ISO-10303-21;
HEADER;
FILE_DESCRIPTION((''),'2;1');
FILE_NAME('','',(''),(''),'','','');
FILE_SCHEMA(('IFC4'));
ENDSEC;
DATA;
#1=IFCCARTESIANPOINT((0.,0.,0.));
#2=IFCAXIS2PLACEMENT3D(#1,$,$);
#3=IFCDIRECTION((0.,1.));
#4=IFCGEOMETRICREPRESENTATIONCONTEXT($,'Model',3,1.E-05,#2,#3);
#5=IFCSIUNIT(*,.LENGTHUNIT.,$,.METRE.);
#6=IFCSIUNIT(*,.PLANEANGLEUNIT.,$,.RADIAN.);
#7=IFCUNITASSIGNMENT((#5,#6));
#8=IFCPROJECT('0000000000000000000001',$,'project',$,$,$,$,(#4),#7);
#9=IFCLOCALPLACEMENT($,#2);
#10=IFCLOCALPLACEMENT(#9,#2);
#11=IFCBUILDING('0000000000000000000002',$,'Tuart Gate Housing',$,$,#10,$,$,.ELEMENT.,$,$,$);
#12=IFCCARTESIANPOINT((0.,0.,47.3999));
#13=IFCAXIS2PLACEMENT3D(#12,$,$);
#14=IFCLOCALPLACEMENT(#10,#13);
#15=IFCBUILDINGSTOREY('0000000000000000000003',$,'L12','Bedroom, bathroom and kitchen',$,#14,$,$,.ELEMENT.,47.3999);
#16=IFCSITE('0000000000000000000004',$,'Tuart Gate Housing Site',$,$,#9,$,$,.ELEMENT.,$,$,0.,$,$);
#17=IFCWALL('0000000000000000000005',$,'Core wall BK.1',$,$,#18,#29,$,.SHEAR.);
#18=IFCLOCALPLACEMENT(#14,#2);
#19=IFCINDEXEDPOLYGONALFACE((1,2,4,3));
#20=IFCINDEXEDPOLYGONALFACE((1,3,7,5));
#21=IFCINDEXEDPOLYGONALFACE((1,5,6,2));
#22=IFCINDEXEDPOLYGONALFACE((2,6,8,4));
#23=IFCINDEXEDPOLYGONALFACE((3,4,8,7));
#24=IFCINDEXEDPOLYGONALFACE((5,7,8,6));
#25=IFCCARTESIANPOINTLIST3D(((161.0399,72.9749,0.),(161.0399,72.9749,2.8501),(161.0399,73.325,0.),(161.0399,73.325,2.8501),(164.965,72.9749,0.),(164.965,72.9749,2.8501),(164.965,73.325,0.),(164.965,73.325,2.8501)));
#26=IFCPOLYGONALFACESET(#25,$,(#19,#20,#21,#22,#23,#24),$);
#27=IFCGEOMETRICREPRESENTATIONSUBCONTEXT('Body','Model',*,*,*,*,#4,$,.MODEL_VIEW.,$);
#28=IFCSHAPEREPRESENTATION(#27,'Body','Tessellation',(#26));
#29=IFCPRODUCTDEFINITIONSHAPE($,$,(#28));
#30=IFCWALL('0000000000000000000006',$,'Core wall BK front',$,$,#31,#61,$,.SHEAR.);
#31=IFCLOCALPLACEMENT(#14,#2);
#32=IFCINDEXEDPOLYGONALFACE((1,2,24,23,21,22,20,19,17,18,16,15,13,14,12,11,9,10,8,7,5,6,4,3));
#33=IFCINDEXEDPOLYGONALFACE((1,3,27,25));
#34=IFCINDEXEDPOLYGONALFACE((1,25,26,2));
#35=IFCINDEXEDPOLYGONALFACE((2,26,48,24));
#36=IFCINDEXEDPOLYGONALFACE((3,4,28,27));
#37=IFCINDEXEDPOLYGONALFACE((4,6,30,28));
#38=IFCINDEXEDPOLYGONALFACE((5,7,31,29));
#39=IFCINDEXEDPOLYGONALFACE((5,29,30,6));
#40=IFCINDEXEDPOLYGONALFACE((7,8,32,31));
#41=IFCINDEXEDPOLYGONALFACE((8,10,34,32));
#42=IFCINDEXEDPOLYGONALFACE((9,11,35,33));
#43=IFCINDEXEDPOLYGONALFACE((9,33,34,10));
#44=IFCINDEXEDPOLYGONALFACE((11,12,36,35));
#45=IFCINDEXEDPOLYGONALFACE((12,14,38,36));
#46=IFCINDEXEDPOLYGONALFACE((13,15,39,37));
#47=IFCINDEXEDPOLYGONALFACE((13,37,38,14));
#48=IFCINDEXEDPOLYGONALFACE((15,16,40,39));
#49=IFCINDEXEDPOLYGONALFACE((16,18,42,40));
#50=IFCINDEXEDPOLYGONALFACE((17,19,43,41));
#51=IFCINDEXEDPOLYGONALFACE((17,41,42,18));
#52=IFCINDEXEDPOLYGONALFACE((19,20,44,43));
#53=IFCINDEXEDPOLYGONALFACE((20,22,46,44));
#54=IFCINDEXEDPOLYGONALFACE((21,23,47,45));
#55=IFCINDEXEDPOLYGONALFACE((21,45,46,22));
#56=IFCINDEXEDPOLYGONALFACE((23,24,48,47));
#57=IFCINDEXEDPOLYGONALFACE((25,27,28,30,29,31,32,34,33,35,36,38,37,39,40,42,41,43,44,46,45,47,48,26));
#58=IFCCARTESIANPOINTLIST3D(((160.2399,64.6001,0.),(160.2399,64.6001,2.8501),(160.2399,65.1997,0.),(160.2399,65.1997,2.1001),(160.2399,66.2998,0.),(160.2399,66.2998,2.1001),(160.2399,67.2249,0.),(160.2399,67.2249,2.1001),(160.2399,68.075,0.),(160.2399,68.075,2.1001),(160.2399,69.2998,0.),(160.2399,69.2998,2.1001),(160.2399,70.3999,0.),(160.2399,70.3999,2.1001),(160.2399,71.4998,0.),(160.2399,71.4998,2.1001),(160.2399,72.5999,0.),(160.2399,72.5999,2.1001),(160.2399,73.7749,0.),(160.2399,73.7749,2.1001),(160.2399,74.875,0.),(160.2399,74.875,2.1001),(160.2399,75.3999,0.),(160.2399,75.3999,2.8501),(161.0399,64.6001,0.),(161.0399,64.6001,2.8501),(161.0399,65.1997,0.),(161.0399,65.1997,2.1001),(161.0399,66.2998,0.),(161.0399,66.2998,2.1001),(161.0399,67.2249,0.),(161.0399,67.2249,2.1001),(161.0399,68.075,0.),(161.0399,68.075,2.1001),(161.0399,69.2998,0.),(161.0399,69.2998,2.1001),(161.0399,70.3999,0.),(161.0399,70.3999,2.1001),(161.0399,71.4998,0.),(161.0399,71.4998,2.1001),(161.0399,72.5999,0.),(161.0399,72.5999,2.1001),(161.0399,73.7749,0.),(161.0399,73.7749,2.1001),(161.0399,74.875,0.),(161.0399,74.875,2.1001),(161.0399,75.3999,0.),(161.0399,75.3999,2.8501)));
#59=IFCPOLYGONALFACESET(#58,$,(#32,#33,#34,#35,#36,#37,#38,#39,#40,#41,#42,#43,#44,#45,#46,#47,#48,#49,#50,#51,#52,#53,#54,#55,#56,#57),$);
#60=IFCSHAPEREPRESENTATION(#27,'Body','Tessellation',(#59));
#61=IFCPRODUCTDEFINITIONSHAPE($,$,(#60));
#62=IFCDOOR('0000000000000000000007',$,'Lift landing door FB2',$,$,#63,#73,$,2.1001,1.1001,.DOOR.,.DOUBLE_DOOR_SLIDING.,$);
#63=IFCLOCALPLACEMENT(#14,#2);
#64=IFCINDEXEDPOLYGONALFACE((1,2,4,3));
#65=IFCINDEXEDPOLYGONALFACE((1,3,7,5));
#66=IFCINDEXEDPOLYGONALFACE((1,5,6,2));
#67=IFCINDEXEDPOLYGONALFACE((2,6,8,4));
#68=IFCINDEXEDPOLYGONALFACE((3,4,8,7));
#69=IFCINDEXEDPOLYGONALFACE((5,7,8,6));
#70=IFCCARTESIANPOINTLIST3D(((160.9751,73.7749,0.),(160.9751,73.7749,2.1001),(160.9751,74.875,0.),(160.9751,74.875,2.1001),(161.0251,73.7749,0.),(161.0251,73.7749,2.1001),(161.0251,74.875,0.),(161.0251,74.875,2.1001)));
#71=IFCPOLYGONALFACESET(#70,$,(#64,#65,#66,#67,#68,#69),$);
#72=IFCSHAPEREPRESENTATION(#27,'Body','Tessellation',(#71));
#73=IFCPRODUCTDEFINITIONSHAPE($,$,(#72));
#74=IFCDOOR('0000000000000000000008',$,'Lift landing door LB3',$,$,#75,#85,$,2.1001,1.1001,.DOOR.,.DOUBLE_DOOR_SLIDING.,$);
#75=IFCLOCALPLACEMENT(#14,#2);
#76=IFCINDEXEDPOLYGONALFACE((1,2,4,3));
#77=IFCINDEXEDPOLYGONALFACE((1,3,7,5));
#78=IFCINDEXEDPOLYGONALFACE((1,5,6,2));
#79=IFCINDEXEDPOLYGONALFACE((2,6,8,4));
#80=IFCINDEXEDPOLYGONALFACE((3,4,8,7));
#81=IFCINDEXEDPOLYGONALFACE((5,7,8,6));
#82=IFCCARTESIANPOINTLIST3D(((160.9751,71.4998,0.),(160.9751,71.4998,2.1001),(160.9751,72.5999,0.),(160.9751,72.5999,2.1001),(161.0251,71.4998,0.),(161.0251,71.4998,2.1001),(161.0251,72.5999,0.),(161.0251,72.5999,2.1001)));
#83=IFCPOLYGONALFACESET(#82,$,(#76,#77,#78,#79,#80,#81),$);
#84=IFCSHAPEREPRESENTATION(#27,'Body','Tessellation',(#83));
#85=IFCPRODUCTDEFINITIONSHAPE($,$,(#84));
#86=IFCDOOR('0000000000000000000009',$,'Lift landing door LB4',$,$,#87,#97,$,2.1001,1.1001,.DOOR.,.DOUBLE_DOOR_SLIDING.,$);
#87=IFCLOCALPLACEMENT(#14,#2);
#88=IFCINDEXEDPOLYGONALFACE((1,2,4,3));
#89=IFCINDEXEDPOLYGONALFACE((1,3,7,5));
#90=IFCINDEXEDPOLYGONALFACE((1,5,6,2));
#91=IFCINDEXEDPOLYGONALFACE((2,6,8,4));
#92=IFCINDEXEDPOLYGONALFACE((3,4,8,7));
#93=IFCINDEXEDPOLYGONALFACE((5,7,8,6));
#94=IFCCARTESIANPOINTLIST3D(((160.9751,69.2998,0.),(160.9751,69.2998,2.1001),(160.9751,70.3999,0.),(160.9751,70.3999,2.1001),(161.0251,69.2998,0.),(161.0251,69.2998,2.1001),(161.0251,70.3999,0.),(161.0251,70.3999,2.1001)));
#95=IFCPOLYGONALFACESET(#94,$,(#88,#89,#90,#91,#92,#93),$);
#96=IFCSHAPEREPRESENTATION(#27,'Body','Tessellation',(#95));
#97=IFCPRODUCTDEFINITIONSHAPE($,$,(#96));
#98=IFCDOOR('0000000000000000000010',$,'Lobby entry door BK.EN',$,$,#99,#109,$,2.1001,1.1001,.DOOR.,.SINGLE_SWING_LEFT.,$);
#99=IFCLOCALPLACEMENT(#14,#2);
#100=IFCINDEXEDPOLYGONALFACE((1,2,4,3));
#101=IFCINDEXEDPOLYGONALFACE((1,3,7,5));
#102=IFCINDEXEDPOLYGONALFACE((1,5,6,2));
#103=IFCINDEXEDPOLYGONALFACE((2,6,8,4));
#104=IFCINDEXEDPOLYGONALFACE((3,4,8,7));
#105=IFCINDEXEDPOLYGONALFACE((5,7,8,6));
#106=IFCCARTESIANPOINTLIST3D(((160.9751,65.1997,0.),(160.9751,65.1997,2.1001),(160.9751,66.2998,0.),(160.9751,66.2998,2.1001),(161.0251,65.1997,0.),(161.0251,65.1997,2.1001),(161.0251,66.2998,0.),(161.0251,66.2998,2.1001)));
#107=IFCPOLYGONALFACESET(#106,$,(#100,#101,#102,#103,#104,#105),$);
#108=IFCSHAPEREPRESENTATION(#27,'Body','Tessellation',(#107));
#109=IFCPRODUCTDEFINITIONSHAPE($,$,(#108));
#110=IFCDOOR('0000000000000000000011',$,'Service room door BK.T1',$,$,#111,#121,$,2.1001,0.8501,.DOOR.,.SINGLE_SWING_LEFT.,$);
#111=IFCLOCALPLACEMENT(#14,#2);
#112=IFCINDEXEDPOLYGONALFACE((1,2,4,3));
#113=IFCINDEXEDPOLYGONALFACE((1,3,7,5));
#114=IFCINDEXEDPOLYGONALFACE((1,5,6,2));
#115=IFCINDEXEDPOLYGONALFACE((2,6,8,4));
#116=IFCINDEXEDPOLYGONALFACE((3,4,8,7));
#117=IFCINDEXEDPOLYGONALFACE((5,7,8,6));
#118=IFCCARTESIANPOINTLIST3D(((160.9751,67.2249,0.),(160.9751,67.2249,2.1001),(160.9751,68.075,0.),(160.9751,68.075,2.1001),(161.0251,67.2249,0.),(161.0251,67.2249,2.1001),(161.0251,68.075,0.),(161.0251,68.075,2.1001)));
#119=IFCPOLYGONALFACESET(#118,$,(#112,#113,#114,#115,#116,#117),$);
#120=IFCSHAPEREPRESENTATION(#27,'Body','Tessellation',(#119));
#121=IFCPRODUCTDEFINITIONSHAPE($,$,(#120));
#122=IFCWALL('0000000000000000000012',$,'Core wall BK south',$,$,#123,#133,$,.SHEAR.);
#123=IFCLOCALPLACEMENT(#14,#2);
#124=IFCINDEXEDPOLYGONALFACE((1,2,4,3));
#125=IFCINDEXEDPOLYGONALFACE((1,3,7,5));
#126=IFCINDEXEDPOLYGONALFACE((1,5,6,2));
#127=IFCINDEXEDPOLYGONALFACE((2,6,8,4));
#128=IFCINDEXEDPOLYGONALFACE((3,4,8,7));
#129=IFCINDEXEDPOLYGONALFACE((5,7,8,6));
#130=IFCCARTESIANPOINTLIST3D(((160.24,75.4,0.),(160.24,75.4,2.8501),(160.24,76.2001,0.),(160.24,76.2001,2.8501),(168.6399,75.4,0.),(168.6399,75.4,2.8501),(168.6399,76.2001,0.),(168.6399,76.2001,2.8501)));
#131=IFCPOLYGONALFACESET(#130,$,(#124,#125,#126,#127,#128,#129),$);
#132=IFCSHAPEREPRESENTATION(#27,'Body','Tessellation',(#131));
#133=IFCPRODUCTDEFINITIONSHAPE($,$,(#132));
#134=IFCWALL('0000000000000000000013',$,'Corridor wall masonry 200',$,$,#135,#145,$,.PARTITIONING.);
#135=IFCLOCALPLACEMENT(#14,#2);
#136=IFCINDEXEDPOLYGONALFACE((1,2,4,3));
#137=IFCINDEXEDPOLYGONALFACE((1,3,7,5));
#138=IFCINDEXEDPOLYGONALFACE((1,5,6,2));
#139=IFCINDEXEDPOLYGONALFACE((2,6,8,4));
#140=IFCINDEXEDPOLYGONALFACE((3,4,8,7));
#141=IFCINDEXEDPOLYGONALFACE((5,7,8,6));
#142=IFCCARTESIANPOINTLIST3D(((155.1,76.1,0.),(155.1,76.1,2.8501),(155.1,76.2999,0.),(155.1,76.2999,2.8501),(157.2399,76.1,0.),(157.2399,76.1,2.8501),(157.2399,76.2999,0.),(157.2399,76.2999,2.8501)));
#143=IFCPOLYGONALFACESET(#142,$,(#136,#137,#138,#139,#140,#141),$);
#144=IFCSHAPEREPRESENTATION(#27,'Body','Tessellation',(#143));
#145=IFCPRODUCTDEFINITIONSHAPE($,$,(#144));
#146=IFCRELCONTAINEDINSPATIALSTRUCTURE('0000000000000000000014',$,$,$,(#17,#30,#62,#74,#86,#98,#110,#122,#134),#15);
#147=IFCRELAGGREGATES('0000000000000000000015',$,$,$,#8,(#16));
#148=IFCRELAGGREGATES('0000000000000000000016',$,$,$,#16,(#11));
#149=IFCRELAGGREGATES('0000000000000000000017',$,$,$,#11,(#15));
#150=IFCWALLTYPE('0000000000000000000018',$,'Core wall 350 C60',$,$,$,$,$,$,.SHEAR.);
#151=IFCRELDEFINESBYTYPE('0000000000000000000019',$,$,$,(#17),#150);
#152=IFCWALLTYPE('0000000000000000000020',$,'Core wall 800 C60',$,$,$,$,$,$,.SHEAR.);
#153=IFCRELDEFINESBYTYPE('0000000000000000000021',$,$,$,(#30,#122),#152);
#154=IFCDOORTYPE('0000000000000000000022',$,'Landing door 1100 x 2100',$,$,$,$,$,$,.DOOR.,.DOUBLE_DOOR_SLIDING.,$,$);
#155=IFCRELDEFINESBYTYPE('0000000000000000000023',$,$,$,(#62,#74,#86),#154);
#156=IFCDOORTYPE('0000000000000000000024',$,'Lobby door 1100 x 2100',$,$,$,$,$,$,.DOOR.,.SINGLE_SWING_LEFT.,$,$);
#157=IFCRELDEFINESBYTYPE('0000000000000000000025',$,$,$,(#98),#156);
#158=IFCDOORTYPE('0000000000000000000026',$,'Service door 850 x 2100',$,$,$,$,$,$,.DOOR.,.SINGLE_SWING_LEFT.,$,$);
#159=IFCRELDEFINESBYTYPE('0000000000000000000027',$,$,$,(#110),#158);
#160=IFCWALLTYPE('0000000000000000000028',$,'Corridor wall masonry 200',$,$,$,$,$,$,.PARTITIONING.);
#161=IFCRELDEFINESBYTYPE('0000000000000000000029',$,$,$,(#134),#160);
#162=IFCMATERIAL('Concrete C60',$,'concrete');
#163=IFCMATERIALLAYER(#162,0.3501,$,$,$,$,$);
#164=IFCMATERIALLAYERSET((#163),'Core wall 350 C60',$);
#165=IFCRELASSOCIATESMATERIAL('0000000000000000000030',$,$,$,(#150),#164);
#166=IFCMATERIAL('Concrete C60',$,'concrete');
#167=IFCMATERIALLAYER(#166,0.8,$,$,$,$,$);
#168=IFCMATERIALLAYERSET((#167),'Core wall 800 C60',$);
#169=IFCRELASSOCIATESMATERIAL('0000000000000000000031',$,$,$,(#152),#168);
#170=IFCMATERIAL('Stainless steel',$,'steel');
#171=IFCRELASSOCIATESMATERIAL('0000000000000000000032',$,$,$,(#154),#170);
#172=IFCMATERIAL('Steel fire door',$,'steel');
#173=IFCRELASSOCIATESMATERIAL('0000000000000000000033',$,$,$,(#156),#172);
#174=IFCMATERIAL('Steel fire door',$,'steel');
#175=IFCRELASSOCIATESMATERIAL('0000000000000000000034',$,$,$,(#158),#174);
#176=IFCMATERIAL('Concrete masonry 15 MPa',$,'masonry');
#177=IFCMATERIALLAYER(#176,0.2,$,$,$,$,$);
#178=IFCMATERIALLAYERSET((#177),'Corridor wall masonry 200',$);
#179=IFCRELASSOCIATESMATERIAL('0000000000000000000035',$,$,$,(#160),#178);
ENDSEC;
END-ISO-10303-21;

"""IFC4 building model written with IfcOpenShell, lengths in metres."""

from ifc_helpers import new_model, si_unit, direction, frame, frame_2d, origin, place, context, subcontext, project, spatial, rectangle, extrude, material, layer, layer_set, type_object, element, fill, save


model = new_model("IFC4")

# Units and contexts
model_context = context("Model", 3, precision=1e-05, world=origin(), true_north=direction((0.0, 1.0)))
body_context = subcontext(model_context, "Body", "Model", "MODEL_VIEW")
ifc_project = project(units=[si_unit("LENGTHUNIT", "METRE"), si_unit("PLANEANGLEUNIT", "RADIAN")], contexts=[model_context])

# Site, building, storey
site_placement = place(None, origin())
site = spatial("IfcSite", under=ifc_project, at=site_placement, Name="Tuart Gate Housing Site", CompositionType="ELEMENT", RefElevation=0.0)
building_placement = place(site_placement, origin())
building = spatial("IfcBuilding", under=site, at=building_placement, Name="Tuart Gate Housing", CompositionType="ELEMENT")
storey_placement = place(building_placement, frame((0.0, 0.0, 47.3999)))
storey = spatial("IfcBuildingStorey", under=building, at=storey_placement, Name="L12", Description="Bedroom, bathroom and kitchen", CompositionType="ELEMENT", Elevation=47.3999)

# Wall
ifc_material_1 = material(Name="Concrete C60", Category="concrete")
ifc_layer_1 = layer(ifc_material_1, 0.3501)
ifc_layer_set_1 = layer_set([ifc_layer_1], Name="Core wall 350 C60")
wall_type_1 = type_object("IfcWallType", Name="Core wall 350 C60", PredefinedType="SHEAR", material=ifc_layer_set_1)
wall_1_placement = place(storey_placement, frame((161.04, 73.1499, 0.0), z_axis=(0.0, 0.0, 1.0), x_axis=(1.0, 0.0, 0.0)))
element("IfcWall", 1, at=wall_1_placement, inside=storey, type_object=wall_type_1, Name="Core wall BK.1", PredefinedType="SHEAR", context=body_context, shape_type="SweptSolid", body=[
    extrude(rectangle(XDim=3.925, YDim=0.3501, at=frame_2d((1.9624, 0.0))), origin(), (0.0, 0.0, 1.0), 2.8501),
])

# Wall, openings, doors
ifc_material_2 = material(Name="Concrete C60", Category="concrete")
ifc_layer_2 = layer(ifc_material_2, 0.8)
ifc_layer_set_2 = layer_set([ifc_layer_2], Name="Core wall 800 C60")
wall_type_2 = type_object("IfcWallType", Name="Core wall 800 C60", PredefinedType="SHEAR", material=ifc_layer_set_2)
wall_2_placement = place(storey_placement, frame((160.6399, 75.3999, 0.0), z_axis=(0.0, 0.0, 1.0), x_axis=(0.0, -1.0, 0.0)))
wall_2 = element("IfcWall", 2, at=wall_2_placement, inside=storey, type_object=wall_type_2, Name="Core wall BK front", PredefinedType="SHEAR", context=body_context, shape_type="SweptSolid", body=[
    extrude(rectangle(XDim=10.7998, YDim=0.8, at=frame_2d((5.3999, 0.0))), origin(), (0.0, 0.0, 1.0), 2.8501),
])
opening_1_placement = place(wall_2_placement, frame((0.5249, 0.0, 0.0)))
opening_1 = element("IfcOpeningElement", 3, at=opening_1_placement, cuts=wall_2, PredefinedType="OPENING", context=body_context, shape_type="SweptSolid", body=[
    extrude(rectangle(XDim=1.1001, YDim=2.1001, at=frame_2d((0.55, 1.05))), frame((0.0, 0.4099, 0.0), z_axis=(0.0, -1.0, 0.0), x_axis=(1.0, 0.0, 0.0)), (0.0, 0.0, 1.0), 0.8201),
])
opening_2_placement = place(wall_2_placement, frame((2.8, 0.0, 0.0)))
opening_2 = element("IfcOpeningElement", 4, at=opening_2_placement, cuts=wall_2, PredefinedType="OPENING", context=body_context, shape_type="SweptSolid", body=[
    extrude(rectangle(XDim=1.1001, YDim=2.1001, at=frame_2d((0.55, 1.05))), frame((0.0, 0.4099, 0.0), z_axis=(0.0, -1.0, 0.0), x_axis=(1.0, 0.0, 0.0)), (0.0, 0.0, 1.0), 0.8201),
])
opening_3_placement = place(wall_2_placement, frame((5.0, 0.0, 0.0)))
opening_3 = element("IfcOpeningElement", 5, at=opening_3_placement, cuts=wall_2, PredefinedType="OPENING", context=body_context, shape_type="SweptSolid", body=[
    extrude(rectangle(XDim=1.1001, YDim=2.1001, at=frame_2d((0.55, 1.05))), frame((0.0, 0.4099, 0.0), z_axis=(0.0, -1.0, 0.0), x_axis=(1.0, 0.0, 0.0)), (0.0, 0.0, 1.0), 0.8201),
])
opening_4_placement = place(wall_2_placement, frame((9.1001, 0.0, 0.0)))
opening_4 = element("IfcOpeningElement", 6, at=opening_4_placement, cuts=wall_2, PredefinedType="OPENING", context=body_context, shape_type="SweptSolid", body=[
    extrude(rectangle(XDim=1.1001, YDim=2.1001, at=frame_2d((0.55, 1.05))), frame((0.0, 0.4099, 0.0), z_axis=(0.0, -1.0, 0.0), x_axis=(1.0, 0.0, 0.0)), (0.0, 0.0, 1.0), 0.8201),
])
opening_5_placement = place(wall_2_placement, frame((7.325, 0.0, 0.0)))
opening_5 = element("IfcOpeningElement", 7, at=opening_5_placement, cuts=wall_2, PredefinedType="OPENING", context=body_context, shape_type="SweptSolid", body=[
    extrude(rectangle(XDim=0.8501, YDim=2.1001, at=frame_2d((0.425, 1.05))), frame((0.0, 0.4099, 0.0), z_axis=(0.0, -1.0, 0.0), x_axis=(1.0, 0.0, 0.0)), (0.0, 0.0, 1.0), 0.8201),
])
ifc_material_3 = material(Name="Stainless steel", Category="steel")
door_type_1 = type_object("IfcDoorType", Name="Landing door 1100 x 2100", OperationType="DOUBLE_DOOR_SLIDING", PredefinedType="DOOR", material=ifc_material_3)
door_1_placement = place(opening_1_placement, origin())
door_1 = element("IfcDoor", 8, at=door_1_placement, inside=storey, type_object=door_type_1, Name="Lift landing door FB2", OperationType="DOUBLE_DOOR_SLIDING", OverallHeight=2.1001, OverallWidth=1.1001, PredefinedType="DOOR", context=body_context, shape_type="SweptSolid", body=[
    extrude(rectangle(XDim=1.1001, YDim=2.1001, at=frame_2d((0.55, 1.05))), frame((0.0, 0.3853, 0.0), z_axis=(0.0, -1.0, 0.0), x_axis=(1.0, 0.0, 0.0)), (0.0, 0.0, 1.0), 0.05),
])
fill(opening_1, door_1)
door_2_placement = place(opening_2_placement, origin())
door_2 = element("IfcDoor", 9, at=door_2_placement, inside=storey, type_object=door_type_1, Name="Lift landing door LB3", OperationType="DOUBLE_DOOR_SLIDING", OverallHeight=2.1001, OverallWidth=1.1001, PredefinedType="DOOR", context=body_context, shape_type="SweptSolid", body=[
    extrude(rectangle(XDim=1.1001, YDim=2.1001, at=frame_2d((0.55, 1.05))), frame((0.0, 0.3853, 0.0), z_axis=(0.0, -1.0, 0.0), x_axis=(1.0, 0.0, 0.0)), (0.0, 0.0, 1.0), 0.05),
])
fill(opening_2, door_2)
door_3_placement = place(opening_3_placement, origin())
door_3 = element("IfcDoor", 10, at=door_3_placement, inside=storey, type_object=door_type_1, Name="Lift landing door LB4", OperationType="DOUBLE_DOOR_SLIDING", OverallHeight=2.1001, OverallWidth=1.1001, PredefinedType="DOOR", context=body_context, shape_type="SweptSolid", body=[
    extrude(rectangle(XDim=1.1001, YDim=2.1001, at=frame_2d((0.55, 1.05))), frame((0.0, 0.3853, 0.0), z_axis=(0.0, -1.0, 0.0), x_axis=(1.0, 0.0, 0.0)), (0.0, 0.0, 1.0), 0.05),
])
fill(opening_3, door_3)
ifc_material_4 = material(Name="Steel fire door", Category="steel")
door_type_2 = type_object("IfcDoorType", Name="Lobby door 1100 x 2100", OperationType="SINGLE_SWING_LEFT", PredefinedType="DOOR", material=ifc_material_4)
door_4_placement = place(opening_4_placement, origin())
door_4 = element("IfcDoor", 11, at=door_4_placement, inside=storey, type_object=door_type_2, Name="Lobby entry door BK.EN", OperationType="SINGLE_SWING_LEFT", OverallHeight=2.1001, OverallWidth=1.1001, PredefinedType="DOOR", context=body_context, shape_type="SweptSolid", body=[
    extrude(rectangle(XDim=1.1001, YDim=2.1001, at=frame_2d((0.55, 1.05))), frame((0.0, 0.3853, 0.0), z_axis=(0.0, -1.0, 0.0), x_axis=(1.0, 0.0, 0.0)), (0.0, 0.0, 1.0), 0.05),
])
fill(opening_4, door_4)
ifc_material_5 = material(Name="Steel fire door", Category="steel")
door_type_3 = type_object("IfcDoorType", Name="Service door 850 x 2100", OperationType="SINGLE_SWING_LEFT", PredefinedType="DOOR", material=ifc_material_5)
door_5_placement = place(opening_5_placement, origin())
door_5 = element("IfcDoor", 12, at=door_5_placement, inside=storey, type_object=door_type_3, Name="Service room door BK.T1", OperationType="SINGLE_SWING_LEFT", OverallHeight=2.1001, OverallWidth=0.8501, PredefinedType="DOOR", context=body_context, shape_type="SweptSolid", body=[
    extrude(rectangle(XDim=0.8501, YDim=2.1001, at=frame_2d((0.425, 1.05))), frame((0.0, 0.3853, 0.0), z_axis=(0.0, -1.0, 0.0), x_axis=(1.0, 0.0, 0.0)), (0.0, 0.0, 1.0), 0.05),
])
fill(opening_5, door_5)

# Walls
wall_3_placement = place(storey_placement, frame((160.24, 75.8, 0.0), z_axis=(0.0, 0.0, 1.0), x_axis=(1.0, 0.0, 0.0)))
element("IfcWall", 13, at=wall_3_placement, inside=storey, type_object=wall_type_2, Name="Core wall BK south", PredefinedType="SHEAR", context=body_context, shape_type="SweptSolid", body=[
    extrude(rectangle(XDim=8.3999, YDim=0.8, at=frame_2d((4.2, 0.0))), origin(), (0.0, 0.0, 1.0), 2.8501),
])
ifc_material_6 = material(Name="Concrete masonry 15 MPa", Category="masonry")
ifc_layer_3 = layer(ifc_material_6, 0.2)
ifc_layer_set_3 = layer_set([ifc_layer_3], Name="Corridor wall masonry 200")
wall_type_3 = type_object("IfcWallType", Name="Corridor wall masonry 200", PredefinedType="PARTITIONING", material=ifc_layer_set_3)
wall_4_placement = place(storey_placement, frame((155.1001, 76.2, 0.0), z_axis=(0.0, 0.0, 1.0), x_axis=(1.0, 0.0, 0.0)))
element("IfcWall", 14, at=wall_4_placement, inside=storey, type_object=wall_type_3, Name="Corridor wall masonry 200", PredefinedType="PARTITIONING", context=body_context, shape_type="SweptSolid", body=[
    extrude(rectangle(XDim=2.1399, YDim=0.2, at=frame_2d((1.0698, 0.0))), origin(), (0.0, 0.0, 1.0), 2.8501),
])

save(model, "model.ifc")
